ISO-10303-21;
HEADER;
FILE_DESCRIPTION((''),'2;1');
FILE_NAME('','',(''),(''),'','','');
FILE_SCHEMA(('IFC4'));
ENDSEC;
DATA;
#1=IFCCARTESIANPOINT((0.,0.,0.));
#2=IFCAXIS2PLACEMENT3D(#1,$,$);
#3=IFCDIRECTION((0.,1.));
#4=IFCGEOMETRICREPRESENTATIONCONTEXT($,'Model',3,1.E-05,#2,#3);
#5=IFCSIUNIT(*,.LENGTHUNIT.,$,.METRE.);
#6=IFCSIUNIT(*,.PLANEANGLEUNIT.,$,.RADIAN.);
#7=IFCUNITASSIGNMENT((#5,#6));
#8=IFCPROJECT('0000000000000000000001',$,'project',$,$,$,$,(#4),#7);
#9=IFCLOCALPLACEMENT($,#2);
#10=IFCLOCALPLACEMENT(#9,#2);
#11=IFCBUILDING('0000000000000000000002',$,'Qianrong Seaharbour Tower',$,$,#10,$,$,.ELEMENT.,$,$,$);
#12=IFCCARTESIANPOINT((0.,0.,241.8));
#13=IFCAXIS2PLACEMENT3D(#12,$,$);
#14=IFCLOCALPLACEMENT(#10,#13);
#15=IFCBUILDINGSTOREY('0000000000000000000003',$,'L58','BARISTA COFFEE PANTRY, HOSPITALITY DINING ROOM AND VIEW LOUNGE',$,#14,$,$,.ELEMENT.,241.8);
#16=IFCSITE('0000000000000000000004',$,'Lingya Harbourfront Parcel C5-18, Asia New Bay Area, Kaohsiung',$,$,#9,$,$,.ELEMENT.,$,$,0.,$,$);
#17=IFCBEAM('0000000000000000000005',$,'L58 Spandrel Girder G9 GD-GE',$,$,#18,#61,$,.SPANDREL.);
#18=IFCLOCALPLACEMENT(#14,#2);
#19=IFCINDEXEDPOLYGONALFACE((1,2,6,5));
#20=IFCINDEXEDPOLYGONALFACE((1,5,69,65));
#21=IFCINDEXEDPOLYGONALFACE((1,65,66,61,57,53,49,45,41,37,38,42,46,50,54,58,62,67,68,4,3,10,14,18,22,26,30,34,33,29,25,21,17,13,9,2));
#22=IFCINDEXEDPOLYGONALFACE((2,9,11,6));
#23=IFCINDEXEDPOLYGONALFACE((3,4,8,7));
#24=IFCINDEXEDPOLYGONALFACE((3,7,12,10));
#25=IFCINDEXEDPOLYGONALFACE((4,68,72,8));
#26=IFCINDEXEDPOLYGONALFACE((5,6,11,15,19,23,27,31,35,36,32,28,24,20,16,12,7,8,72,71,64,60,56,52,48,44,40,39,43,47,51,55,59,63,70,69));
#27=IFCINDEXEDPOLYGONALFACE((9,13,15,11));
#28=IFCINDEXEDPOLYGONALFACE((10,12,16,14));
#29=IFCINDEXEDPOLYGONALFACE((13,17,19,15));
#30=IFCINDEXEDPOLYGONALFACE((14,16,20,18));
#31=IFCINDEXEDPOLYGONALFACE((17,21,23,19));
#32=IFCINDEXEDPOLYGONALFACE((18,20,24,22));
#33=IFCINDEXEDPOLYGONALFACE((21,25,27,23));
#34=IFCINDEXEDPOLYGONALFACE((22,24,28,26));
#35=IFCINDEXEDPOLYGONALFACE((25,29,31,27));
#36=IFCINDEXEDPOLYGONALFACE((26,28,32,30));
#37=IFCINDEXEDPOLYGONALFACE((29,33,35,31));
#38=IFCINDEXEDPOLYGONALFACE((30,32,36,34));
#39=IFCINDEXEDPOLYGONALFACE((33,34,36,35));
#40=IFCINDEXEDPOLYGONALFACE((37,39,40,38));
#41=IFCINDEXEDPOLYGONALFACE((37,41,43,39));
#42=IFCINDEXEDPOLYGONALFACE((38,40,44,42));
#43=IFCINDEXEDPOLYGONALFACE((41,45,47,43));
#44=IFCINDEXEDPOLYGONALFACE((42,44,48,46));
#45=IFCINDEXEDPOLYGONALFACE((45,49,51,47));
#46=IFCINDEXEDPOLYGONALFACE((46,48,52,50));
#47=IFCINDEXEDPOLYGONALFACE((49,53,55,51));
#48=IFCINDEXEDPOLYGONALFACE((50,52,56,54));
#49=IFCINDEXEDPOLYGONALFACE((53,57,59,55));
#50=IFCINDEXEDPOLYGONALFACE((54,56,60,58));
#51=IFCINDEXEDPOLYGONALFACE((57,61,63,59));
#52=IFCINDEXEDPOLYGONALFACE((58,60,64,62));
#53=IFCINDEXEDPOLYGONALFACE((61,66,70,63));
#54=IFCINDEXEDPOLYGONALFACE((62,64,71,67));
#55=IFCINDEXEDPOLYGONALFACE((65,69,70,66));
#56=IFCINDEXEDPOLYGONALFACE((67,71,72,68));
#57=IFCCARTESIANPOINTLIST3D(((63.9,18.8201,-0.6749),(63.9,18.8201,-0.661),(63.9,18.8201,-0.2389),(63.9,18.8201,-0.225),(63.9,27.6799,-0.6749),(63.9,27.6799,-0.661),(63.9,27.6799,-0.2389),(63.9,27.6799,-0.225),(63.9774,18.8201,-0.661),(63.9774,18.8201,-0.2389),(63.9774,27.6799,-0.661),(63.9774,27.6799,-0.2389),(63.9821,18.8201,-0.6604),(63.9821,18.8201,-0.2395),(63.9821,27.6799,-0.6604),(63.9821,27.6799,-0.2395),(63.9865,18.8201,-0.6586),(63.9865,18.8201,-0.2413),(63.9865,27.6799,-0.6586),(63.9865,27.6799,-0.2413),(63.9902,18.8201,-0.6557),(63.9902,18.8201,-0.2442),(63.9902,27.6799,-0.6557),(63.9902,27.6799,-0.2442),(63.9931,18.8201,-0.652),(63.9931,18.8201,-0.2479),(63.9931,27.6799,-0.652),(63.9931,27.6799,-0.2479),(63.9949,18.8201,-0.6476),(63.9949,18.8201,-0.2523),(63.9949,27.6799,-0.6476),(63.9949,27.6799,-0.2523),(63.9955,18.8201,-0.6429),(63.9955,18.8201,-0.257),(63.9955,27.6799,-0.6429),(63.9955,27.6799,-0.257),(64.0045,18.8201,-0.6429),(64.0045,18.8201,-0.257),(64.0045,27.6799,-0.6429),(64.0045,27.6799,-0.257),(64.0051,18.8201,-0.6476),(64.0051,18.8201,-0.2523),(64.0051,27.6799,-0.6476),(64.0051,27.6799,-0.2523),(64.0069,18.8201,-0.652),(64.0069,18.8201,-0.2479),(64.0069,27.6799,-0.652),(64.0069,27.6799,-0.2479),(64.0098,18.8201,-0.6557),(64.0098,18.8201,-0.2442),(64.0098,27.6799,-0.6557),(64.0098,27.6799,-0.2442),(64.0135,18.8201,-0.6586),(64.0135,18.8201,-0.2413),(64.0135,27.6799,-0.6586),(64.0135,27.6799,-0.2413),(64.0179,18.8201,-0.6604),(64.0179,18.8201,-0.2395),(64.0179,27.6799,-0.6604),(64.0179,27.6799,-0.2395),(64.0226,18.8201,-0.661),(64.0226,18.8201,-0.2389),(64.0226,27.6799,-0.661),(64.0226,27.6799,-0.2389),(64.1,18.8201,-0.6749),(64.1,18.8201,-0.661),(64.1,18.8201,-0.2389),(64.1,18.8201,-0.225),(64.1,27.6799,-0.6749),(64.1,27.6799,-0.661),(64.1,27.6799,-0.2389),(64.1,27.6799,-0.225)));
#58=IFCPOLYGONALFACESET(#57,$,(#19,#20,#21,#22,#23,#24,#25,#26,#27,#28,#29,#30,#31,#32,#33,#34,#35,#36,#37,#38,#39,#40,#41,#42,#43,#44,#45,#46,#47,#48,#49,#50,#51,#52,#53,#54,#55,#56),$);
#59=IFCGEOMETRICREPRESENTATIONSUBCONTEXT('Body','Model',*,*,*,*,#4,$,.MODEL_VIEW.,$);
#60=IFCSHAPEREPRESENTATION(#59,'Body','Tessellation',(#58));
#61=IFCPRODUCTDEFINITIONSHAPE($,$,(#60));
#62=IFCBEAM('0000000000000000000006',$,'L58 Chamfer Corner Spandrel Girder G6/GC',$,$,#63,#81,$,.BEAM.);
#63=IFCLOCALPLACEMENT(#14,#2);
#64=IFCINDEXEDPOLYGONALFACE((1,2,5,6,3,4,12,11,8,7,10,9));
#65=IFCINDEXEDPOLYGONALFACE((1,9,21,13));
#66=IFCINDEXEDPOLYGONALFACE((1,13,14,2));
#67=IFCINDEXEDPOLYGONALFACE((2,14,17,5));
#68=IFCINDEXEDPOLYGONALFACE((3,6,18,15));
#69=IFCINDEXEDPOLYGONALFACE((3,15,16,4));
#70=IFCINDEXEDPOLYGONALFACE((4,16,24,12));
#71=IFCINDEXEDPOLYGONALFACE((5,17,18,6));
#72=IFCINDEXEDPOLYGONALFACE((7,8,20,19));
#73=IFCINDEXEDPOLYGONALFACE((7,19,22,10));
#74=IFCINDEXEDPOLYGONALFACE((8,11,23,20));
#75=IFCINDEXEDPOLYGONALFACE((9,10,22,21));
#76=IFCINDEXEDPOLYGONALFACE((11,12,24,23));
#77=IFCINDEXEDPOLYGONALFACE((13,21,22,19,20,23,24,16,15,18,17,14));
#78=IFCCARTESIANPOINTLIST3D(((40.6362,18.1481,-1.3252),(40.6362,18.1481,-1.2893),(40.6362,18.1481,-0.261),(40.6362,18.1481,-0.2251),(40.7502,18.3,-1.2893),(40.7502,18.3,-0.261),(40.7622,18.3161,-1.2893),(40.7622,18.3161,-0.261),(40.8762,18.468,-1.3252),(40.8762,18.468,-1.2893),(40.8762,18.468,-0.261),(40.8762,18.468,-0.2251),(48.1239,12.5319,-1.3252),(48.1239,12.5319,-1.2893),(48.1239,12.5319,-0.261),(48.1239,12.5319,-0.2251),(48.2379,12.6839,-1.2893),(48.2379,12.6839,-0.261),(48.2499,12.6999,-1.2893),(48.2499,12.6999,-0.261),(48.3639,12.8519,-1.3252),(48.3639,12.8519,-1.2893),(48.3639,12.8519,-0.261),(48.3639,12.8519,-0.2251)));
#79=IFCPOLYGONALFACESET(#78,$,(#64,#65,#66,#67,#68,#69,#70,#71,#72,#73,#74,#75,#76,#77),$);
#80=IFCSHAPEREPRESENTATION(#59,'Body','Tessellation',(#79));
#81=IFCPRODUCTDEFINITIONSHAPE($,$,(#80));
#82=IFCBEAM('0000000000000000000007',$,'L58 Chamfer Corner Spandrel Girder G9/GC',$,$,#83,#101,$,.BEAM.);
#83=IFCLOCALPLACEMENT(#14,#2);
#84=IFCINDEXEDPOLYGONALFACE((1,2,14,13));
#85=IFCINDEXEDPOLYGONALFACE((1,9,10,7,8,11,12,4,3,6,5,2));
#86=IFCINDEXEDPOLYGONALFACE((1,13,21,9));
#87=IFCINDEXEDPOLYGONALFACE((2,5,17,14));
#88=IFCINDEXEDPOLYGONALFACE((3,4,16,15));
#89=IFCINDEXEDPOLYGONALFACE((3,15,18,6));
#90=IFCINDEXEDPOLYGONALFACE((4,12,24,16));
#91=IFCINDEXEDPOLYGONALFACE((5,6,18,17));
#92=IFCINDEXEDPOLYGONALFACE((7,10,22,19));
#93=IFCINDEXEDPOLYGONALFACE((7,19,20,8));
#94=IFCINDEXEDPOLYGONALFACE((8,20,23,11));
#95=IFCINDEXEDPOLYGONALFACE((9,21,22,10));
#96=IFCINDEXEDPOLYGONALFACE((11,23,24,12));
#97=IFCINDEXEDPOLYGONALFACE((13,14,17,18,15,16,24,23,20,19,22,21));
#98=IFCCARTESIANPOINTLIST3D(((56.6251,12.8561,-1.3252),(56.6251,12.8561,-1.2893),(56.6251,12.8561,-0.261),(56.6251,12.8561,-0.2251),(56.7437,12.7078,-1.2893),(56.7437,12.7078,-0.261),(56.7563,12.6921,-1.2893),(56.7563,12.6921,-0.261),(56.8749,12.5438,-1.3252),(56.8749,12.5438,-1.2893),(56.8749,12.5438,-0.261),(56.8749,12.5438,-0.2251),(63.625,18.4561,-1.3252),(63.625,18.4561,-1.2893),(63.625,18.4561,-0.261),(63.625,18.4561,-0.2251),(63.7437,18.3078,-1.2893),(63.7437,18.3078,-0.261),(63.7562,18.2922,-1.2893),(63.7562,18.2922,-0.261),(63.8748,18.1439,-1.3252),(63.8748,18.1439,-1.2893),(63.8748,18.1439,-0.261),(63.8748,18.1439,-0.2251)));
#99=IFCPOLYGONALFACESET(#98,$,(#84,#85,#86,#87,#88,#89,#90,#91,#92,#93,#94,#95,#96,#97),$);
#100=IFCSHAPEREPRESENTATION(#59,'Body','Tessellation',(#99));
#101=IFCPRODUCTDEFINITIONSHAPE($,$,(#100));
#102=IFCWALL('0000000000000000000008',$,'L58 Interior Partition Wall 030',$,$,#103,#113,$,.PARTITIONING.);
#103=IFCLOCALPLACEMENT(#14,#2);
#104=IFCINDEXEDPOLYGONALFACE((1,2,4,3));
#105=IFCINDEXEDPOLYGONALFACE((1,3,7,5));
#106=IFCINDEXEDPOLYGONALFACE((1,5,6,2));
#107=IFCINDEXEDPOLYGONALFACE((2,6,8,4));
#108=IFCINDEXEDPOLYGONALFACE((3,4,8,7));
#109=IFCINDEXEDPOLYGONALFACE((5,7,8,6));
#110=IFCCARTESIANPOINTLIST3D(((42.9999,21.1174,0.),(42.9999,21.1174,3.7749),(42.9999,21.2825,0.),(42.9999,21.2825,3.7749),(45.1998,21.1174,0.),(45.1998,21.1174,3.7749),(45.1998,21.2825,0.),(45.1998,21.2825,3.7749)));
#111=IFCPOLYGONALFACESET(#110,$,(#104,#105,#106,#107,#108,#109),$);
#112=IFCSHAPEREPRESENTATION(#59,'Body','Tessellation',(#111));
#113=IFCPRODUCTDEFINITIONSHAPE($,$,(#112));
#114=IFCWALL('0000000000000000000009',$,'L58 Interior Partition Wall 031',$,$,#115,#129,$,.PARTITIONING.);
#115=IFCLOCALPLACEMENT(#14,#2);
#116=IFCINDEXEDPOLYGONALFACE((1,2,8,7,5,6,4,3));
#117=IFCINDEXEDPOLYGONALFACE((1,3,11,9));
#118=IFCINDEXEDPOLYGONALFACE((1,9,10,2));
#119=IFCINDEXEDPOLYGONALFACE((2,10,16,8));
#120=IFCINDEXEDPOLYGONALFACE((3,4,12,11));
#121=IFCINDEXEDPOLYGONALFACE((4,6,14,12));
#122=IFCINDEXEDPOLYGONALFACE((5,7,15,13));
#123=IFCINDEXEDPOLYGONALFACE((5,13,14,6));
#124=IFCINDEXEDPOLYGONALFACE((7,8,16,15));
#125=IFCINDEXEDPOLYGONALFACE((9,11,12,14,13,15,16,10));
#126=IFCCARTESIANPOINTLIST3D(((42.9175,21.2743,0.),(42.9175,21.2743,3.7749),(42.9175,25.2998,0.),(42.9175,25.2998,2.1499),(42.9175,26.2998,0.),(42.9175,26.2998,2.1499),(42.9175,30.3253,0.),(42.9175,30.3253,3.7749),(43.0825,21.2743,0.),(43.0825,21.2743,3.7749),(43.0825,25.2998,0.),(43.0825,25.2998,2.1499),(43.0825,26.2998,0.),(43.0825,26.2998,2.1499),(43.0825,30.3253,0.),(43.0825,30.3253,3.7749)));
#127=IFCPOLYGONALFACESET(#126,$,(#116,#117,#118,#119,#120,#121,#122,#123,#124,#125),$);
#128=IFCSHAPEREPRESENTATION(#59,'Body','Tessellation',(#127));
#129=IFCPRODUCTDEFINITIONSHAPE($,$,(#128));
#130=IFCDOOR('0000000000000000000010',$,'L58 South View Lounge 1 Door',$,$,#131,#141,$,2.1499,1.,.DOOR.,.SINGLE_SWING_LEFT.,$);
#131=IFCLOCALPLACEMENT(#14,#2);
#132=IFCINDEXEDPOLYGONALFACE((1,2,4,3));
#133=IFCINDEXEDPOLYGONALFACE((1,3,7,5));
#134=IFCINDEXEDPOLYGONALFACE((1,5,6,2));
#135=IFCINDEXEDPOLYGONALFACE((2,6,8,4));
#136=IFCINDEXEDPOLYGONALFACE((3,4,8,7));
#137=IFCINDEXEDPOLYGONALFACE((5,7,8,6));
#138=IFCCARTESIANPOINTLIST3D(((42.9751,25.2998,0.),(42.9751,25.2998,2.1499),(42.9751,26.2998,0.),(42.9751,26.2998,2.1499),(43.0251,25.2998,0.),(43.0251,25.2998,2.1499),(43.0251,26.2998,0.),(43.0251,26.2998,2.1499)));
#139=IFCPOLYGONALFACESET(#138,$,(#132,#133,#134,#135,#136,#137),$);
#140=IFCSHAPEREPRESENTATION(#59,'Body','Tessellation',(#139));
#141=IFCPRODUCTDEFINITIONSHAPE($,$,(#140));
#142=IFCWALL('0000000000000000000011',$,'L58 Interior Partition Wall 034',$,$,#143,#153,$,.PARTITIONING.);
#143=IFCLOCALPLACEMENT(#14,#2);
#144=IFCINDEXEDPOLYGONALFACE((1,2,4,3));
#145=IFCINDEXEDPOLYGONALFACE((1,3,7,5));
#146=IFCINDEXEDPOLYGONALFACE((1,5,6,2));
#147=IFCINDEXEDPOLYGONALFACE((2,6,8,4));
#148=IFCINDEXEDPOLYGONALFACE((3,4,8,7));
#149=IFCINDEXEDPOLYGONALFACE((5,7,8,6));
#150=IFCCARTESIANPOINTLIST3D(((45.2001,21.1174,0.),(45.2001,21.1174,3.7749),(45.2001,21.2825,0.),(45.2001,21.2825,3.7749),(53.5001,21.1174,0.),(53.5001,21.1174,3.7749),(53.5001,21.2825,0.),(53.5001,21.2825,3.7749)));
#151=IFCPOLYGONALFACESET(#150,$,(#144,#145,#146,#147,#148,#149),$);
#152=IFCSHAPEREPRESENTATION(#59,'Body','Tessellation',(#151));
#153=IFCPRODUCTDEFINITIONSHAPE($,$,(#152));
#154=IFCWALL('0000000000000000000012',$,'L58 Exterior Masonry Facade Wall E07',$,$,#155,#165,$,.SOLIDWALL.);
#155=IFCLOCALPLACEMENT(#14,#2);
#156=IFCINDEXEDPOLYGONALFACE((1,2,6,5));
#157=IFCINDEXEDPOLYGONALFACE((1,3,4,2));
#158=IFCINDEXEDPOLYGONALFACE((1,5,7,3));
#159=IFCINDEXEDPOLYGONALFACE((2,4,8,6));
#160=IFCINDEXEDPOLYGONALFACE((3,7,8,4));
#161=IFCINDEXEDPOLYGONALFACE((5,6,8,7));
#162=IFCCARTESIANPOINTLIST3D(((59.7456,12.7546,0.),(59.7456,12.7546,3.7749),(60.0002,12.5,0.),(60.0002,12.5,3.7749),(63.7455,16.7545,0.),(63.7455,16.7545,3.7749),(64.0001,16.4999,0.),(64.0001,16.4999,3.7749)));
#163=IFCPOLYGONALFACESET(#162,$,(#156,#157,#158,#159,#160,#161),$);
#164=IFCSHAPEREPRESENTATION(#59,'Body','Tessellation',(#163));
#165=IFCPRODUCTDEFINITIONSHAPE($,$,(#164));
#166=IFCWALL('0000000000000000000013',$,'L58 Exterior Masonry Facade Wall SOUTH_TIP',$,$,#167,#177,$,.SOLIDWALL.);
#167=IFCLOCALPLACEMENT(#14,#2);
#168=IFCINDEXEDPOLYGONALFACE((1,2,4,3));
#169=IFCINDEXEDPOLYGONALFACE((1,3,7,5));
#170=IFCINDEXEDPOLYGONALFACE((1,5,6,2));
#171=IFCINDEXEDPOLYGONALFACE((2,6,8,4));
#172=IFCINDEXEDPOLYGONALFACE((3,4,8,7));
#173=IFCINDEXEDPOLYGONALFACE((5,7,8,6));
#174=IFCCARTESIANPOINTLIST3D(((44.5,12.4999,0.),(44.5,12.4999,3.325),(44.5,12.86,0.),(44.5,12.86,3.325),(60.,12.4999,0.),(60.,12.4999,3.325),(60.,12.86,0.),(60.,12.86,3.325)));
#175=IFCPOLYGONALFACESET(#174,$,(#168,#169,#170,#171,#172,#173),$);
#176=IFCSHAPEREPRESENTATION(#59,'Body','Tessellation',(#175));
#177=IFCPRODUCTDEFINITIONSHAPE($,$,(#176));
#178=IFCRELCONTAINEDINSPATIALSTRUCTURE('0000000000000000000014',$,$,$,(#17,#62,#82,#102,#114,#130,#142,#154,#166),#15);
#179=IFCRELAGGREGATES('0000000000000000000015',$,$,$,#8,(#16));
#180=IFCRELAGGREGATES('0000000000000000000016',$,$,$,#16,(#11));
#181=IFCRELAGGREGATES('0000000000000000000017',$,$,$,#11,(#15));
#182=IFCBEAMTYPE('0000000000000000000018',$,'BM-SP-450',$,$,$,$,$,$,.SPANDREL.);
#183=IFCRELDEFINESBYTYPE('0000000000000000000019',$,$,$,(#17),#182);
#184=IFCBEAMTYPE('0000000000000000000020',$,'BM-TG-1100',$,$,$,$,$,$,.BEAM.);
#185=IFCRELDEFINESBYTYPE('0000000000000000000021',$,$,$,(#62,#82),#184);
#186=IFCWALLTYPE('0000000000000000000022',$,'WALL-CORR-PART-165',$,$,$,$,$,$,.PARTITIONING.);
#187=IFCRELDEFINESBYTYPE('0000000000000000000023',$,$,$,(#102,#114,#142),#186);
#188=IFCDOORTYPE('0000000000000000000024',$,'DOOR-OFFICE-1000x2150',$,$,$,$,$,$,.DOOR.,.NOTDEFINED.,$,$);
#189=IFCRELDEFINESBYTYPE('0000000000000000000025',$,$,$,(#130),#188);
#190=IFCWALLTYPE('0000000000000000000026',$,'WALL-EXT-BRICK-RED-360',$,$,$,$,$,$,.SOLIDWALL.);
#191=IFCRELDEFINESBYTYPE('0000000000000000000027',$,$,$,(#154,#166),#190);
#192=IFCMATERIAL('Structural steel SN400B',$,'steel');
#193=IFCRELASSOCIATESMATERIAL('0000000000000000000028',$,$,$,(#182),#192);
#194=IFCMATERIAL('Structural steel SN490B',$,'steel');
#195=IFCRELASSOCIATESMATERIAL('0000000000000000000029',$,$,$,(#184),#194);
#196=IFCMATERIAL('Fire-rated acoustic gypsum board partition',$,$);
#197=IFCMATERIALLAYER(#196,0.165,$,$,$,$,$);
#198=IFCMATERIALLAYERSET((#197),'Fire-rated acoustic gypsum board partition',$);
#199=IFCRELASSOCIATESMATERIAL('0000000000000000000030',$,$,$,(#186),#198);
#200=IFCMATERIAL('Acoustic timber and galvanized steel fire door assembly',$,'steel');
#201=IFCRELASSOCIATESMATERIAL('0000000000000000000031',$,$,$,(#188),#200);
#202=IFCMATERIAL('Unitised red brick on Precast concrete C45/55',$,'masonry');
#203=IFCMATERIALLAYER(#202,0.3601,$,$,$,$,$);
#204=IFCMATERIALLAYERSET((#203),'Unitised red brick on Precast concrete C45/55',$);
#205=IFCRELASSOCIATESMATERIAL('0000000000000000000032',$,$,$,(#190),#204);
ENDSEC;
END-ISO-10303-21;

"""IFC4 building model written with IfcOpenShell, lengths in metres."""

from ifc_helpers import new_model, si_unit, direction, frame, frame_2d, origin, origin_2d, place, context, subcontext, project, spatial, rectangle, i_section, extrude, material, layer, layer_set, material_profile, profile_set, type_object, element, fill, save


model = new_model("IFC4")

# Units and contexts
model_context = context("Model", 3, precision=1e-05, world=origin(), true_north=direction((0.0, 1.0)))
body_context = subcontext(model_context, "Body", "Model", "MODEL_VIEW")
ifc_project = project(units=[si_unit("LENGTHUNIT", "METRE"), si_unit("PLANEANGLEUNIT", "RADIAN")], contexts=[model_context])

# Site, building, storey
site_placement = place(None, origin())
site = spatial("IfcSite", under=ifc_project, at=site_placement, Name="Lingya Harbourfront Parcel C5-18, Asia New Bay Area, Kaohsiung", CompositionType="ELEMENT", RefElevation=0.0)
building_placement = place(site_placement, origin())
building = spatial("IfcBuilding", under=site, at=building_placement, Name="Qianrong Seaharbour Tower", CompositionType="ELEMENT")
storey_placement = place(building_placement, frame((0.0, 0.0, 241.8)))
storey = spatial("IfcBuildingStorey", under=building, at=storey_placement, Name="L58", Description="BARISTA COFFEE PANTRY, HOSPITALITY DINING ROOM AND VIEW LOUNGE", CompositionType="ELEMENT", Elevation=241.8)

# Shared definitions
ifc_material_1 = material(Name="Structural steel SN490B", Category="steel")

# Beams
ifc_material_2 = material(Name="Structural steel SN400B", Category="steel")
ifc_material_profile_1 = material_profile(ifc_material_2, i_section(OverallWidth=0.2, OverallDepth=0.45, WebThickness=0.009, FlangeThickness=0.0139, FilletRadius=0.0181, at=origin_2d()), Name="H450x200x9x14")
ifc_profile_set_1 = profile_set([ifc_material_profile_1], Name="Structural steel SN400B")
beam_type_1 = type_object("IfcBeamType", Name="BM-SP-450", PredefinedType="SPANDREL", material=ifc_profile_set_1)
beam_1_placement = place(storey_placement, frame((64.0, 18.8201, -0.45), z_axis=(0.0, 1.0, 0.0), x_axis=(-1.0, 0.0, 0.0)))
element("IfcBeam", 1, at=beam_1_placement, inside=storey, type_object=beam_type_1, Name="L58 Spandrel Girder G9 GD-GE", PredefinedType="SPANDREL", context=body_context, shape_type="SweptSolid", body=[
    extrude(i_section(OverallWidth=0.2, OverallDepth=0.45, WebThickness=0.009, FlangeThickness=0.0139, FilletRadius=0.0181, at=origin_2d()), origin(), (0.0, 0.0, 1.0), 8.8599),
])
ifc_material_profile_2 = material_profile(ifc_material_1, i_section(OverallWidth=0.3999, OverallDepth=1.1001, WebThickness=0.02, FlangeThickness=0.0359, at=origin_2d()), Name="BH1100x400x20x36")
ifc_profile_set_2 = profile_set([ifc_material_profile_2], Name="Structural steel SN490B")
beam_type_2 = type_object("IfcBeamType", Name="BM-TG-1100", PredefinedType="BEAM", material=ifc_profile_set_2)
beam_2_placement = place(storey_placement, frame((48.2439, 12.6919, -0.7751), z_axis=(-0.799981, 0.600025, 0.0), x_axis=(-0.600025, -0.799981, 0.0)))
element("IfcBeam", 2, at=beam_2_placement, inside=storey, type_object=beam_type_2, Name="L58 Chamfer Corner Spandrel Girder G6/GC", PredefinedType="BEAM", context=body_context, shape_type="SweptSolid", body=[
    extrude(i_section(OverallWidth=0.3999, OverallDepth=1.1001, WebThickness=0.02, FlangeThickness=0.0359, at=origin_2d()), origin(), (0.0, 0.0, 1.0), 9.3599),
])
beam_3_placement = place(storey_placement, frame((56.75, 12.7, -0.7751), z_axis=(0.780863, 0.624702, 0.0), x_axis=(-0.624702, 0.780863, 0.0)))
element("IfcBeam", 3, at=beam_3_placement, inside=storey, type_object=beam_type_2, Name="L58 Chamfer Corner Spandrel Girder G9/GC", PredefinedType="BEAM", context=body_context, shape_type="SweptSolid", body=[
    extrude(i_section(OverallWidth=0.3999, OverallDepth=1.1001, WebThickness=0.02, FlangeThickness=0.0359, at=origin_2d()), origin(), (0.0, 0.0, 1.0), 8.9644),
])

# Wall
ifc_material_3 = material(Name="Fire-rated acoustic gypsum board partition")
ifc_layer_1 = layer(ifc_material_3, 0.165)
ifc_layer_set_1 = layer_set([ifc_layer_1], Name="Fire-rated acoustic gypsum board partition")
wall_type_1 = type_object("IfcWallType", Name="WALL-CORR-PART-165", PredefinedType="PARTITIONING", material=ifc_layer_set_1)
wall_1_placement = place(storey_placement, frame((45.2, 21.2, 0.0), z_axis=(0.0, 0.0, 1.0), x_axis=(-1.0, 0.0, 0.0)))
element("IfcWall", 4, at=wall_1_placement, inside=storey, type_object=wall_type_1, Name="L58 Interior Partition Wall 030", PredefinedType="PARTITIONING", context=body_context, shape_type="SweptSolid", body=[
    extrude(rectangle(XDim=2.2, YDim=0.165, at=frame_2d((1.1001, 0.0))), origin(), (0.0, 0.0, 1.0), 3.7749),
])

# Wall, opening, door
wall_2_placement = place(storey_placement, frame((43.0, 21.2744, 0.0), z_axis=(0.0, 0.0, 1.0), x_axis=(0.0, 1.0, 0.0)))
wall_2 = element("IfcWall", 5, at=wall_2_placement, inside=storey, type_object=wall_type_1, Name="L58 Interior Partition Wall 031", PredefinedType="PARTITIONING", context=body_context, shape_type="SweptSolid", body=[
    extrude(rectangle(XDim=9.051, YDim=0.165, at=frame_2d((4.5254, 0.0))), origin(), (0.0, 0.0, 1.0), 3.7749),
])
opening_1_placement = place(wall_2_placement, frame((4.0254, 0.0, 0.0)))
opening_1 = element("IfcOpeningElement", 6, at=opening_1_placement, cuts=wall_2, PredefinedType="OPENING", context=body_context, shape_type="SweptSolid", body=[
    extrude(rectangle(XDim=1.0, YDim=2.1499, at=frame_2d((0.5, 1.075))), frame((0.0, 0.0925, 0.0), z_axis=(0.0, -1.0, 0.0), x_axis=(1.0, 0.0, 0.0)), (0.0, 0.0, 1.0), 0.1851),
])
ifc_material_4 = material(Name="Acoustic timber and galvanized steel fire door assembly", Category="steel")
door_type = type_object("IfcDoorType", Name="DOOR-OFFICE-1000x2150", OperationType="NOTDEFINED", PredefinedType="DOOR", material=ifc_material_4)
door_1_placement = place(opening_1_placement, origin())
door_1 = element("IfcDoor", 7, at=door_1_placement, inside=storey, type_object=door_type, Name="L58 South View Lounge 1 Door", OperationType="SINGLE_SWING_LEFT", OverallHeight=2.1499, OverallWidth=1.0, PredefinedType="DOOR", context=body_context, shape_type="SweptSolid", body=[
    extrude(rectangle(XDim=1.0, YDim=2.1499, at=frame_2d((0.5, 1.075))), frame((0.0, 0.0249, 0.0), z_axis=(0.0, -1.0, 0.0), x_axis=(1.0, 0.0, 0.0)), (0.0, 0.0, 1.0), 0.05),
])
fill(opening_1, door_1)

# Walls
wall_3_placement = place(storey_placement, frame((53.5, 21.2, 0.0), z_axis=(0.0, 0.0, 1.0), x_axis=(-1.0, 0.0, 0.0)))
element("IfcWall", 8, at=wall_3_placement, inside=storey, type_object=wall_type_1, Name="L58 Interior Partition Wall 034", PredefinedType="PARTITIONING", context=body_context, shape_type="SweptSolid", body=[
    extrude(rectangle(XDim=8.3, YDim=0.165, at=frame_2d((4.1499, 0.0))), origin(), (0.0, 0.0, 1.0), 3.7749),
])
ifc_material_5 = material(Name="Unitised red brick on Precast concrete C45/55", Category="masonry")
ifc_layer_2 = layer(ifc_material_5, 0.3601)
ifc_layer_set_2 = layer_set([ifc_layer_2], Name="Unitised red brick on Precast concrete C45/55")
wall_type_2 = type_object("IfcWallType", Name="WALL-EXT-BRICK-RED-360", PredefinedType="SOLIDWALL", material=ifc_layer_set_2)
wall_4_placement = place(storey_placement, frame((63.8728, 16.6272, 0.0), z_axis=(0.0, 0.0, 1.0), x_axis=(-0.707107, -0.707107, 0.0)))
element("IfcWall", 9, at=wall_4_placement, inside=storey, type_object=wall_type_2, Name="L58 Exterior Masonry Facade Wall E07", PredefinedType="SOLIDWALL", context=body_context, shape_type="SweptSolid", body=[
    extrude(rectangle(XDim=5.6567, YDim=0.3601, at=frame_2d((2.8284, 0.0))), origin(), (0.0, 0.0, 1.0), 3.7749),
])
wall_5_placement = place(storey_placement, frame((60.0, 12.6799, 0.0), z_axis=(0.0, 0.0, 1.0), x_axis=(-1.0, 0.0, 0.0)))
element("IfcWall", 10, at=wall_5_placement, inside=storey, type_object=wall_type_2, Name="L58 Exterior Masonry Facade Wall SOUTH_TIP", PredefinedType="SOLIDWALL", context=body_context, shape_type="SweptSolid", body=[
    extrude(rectangle(XDim=15.5, YDim=0.3601, at=frame_2d((7.75, 0.0))), origin(), (0.0, 0.0, 1.0), 3.325),
])

save(model, "model.ifc")
